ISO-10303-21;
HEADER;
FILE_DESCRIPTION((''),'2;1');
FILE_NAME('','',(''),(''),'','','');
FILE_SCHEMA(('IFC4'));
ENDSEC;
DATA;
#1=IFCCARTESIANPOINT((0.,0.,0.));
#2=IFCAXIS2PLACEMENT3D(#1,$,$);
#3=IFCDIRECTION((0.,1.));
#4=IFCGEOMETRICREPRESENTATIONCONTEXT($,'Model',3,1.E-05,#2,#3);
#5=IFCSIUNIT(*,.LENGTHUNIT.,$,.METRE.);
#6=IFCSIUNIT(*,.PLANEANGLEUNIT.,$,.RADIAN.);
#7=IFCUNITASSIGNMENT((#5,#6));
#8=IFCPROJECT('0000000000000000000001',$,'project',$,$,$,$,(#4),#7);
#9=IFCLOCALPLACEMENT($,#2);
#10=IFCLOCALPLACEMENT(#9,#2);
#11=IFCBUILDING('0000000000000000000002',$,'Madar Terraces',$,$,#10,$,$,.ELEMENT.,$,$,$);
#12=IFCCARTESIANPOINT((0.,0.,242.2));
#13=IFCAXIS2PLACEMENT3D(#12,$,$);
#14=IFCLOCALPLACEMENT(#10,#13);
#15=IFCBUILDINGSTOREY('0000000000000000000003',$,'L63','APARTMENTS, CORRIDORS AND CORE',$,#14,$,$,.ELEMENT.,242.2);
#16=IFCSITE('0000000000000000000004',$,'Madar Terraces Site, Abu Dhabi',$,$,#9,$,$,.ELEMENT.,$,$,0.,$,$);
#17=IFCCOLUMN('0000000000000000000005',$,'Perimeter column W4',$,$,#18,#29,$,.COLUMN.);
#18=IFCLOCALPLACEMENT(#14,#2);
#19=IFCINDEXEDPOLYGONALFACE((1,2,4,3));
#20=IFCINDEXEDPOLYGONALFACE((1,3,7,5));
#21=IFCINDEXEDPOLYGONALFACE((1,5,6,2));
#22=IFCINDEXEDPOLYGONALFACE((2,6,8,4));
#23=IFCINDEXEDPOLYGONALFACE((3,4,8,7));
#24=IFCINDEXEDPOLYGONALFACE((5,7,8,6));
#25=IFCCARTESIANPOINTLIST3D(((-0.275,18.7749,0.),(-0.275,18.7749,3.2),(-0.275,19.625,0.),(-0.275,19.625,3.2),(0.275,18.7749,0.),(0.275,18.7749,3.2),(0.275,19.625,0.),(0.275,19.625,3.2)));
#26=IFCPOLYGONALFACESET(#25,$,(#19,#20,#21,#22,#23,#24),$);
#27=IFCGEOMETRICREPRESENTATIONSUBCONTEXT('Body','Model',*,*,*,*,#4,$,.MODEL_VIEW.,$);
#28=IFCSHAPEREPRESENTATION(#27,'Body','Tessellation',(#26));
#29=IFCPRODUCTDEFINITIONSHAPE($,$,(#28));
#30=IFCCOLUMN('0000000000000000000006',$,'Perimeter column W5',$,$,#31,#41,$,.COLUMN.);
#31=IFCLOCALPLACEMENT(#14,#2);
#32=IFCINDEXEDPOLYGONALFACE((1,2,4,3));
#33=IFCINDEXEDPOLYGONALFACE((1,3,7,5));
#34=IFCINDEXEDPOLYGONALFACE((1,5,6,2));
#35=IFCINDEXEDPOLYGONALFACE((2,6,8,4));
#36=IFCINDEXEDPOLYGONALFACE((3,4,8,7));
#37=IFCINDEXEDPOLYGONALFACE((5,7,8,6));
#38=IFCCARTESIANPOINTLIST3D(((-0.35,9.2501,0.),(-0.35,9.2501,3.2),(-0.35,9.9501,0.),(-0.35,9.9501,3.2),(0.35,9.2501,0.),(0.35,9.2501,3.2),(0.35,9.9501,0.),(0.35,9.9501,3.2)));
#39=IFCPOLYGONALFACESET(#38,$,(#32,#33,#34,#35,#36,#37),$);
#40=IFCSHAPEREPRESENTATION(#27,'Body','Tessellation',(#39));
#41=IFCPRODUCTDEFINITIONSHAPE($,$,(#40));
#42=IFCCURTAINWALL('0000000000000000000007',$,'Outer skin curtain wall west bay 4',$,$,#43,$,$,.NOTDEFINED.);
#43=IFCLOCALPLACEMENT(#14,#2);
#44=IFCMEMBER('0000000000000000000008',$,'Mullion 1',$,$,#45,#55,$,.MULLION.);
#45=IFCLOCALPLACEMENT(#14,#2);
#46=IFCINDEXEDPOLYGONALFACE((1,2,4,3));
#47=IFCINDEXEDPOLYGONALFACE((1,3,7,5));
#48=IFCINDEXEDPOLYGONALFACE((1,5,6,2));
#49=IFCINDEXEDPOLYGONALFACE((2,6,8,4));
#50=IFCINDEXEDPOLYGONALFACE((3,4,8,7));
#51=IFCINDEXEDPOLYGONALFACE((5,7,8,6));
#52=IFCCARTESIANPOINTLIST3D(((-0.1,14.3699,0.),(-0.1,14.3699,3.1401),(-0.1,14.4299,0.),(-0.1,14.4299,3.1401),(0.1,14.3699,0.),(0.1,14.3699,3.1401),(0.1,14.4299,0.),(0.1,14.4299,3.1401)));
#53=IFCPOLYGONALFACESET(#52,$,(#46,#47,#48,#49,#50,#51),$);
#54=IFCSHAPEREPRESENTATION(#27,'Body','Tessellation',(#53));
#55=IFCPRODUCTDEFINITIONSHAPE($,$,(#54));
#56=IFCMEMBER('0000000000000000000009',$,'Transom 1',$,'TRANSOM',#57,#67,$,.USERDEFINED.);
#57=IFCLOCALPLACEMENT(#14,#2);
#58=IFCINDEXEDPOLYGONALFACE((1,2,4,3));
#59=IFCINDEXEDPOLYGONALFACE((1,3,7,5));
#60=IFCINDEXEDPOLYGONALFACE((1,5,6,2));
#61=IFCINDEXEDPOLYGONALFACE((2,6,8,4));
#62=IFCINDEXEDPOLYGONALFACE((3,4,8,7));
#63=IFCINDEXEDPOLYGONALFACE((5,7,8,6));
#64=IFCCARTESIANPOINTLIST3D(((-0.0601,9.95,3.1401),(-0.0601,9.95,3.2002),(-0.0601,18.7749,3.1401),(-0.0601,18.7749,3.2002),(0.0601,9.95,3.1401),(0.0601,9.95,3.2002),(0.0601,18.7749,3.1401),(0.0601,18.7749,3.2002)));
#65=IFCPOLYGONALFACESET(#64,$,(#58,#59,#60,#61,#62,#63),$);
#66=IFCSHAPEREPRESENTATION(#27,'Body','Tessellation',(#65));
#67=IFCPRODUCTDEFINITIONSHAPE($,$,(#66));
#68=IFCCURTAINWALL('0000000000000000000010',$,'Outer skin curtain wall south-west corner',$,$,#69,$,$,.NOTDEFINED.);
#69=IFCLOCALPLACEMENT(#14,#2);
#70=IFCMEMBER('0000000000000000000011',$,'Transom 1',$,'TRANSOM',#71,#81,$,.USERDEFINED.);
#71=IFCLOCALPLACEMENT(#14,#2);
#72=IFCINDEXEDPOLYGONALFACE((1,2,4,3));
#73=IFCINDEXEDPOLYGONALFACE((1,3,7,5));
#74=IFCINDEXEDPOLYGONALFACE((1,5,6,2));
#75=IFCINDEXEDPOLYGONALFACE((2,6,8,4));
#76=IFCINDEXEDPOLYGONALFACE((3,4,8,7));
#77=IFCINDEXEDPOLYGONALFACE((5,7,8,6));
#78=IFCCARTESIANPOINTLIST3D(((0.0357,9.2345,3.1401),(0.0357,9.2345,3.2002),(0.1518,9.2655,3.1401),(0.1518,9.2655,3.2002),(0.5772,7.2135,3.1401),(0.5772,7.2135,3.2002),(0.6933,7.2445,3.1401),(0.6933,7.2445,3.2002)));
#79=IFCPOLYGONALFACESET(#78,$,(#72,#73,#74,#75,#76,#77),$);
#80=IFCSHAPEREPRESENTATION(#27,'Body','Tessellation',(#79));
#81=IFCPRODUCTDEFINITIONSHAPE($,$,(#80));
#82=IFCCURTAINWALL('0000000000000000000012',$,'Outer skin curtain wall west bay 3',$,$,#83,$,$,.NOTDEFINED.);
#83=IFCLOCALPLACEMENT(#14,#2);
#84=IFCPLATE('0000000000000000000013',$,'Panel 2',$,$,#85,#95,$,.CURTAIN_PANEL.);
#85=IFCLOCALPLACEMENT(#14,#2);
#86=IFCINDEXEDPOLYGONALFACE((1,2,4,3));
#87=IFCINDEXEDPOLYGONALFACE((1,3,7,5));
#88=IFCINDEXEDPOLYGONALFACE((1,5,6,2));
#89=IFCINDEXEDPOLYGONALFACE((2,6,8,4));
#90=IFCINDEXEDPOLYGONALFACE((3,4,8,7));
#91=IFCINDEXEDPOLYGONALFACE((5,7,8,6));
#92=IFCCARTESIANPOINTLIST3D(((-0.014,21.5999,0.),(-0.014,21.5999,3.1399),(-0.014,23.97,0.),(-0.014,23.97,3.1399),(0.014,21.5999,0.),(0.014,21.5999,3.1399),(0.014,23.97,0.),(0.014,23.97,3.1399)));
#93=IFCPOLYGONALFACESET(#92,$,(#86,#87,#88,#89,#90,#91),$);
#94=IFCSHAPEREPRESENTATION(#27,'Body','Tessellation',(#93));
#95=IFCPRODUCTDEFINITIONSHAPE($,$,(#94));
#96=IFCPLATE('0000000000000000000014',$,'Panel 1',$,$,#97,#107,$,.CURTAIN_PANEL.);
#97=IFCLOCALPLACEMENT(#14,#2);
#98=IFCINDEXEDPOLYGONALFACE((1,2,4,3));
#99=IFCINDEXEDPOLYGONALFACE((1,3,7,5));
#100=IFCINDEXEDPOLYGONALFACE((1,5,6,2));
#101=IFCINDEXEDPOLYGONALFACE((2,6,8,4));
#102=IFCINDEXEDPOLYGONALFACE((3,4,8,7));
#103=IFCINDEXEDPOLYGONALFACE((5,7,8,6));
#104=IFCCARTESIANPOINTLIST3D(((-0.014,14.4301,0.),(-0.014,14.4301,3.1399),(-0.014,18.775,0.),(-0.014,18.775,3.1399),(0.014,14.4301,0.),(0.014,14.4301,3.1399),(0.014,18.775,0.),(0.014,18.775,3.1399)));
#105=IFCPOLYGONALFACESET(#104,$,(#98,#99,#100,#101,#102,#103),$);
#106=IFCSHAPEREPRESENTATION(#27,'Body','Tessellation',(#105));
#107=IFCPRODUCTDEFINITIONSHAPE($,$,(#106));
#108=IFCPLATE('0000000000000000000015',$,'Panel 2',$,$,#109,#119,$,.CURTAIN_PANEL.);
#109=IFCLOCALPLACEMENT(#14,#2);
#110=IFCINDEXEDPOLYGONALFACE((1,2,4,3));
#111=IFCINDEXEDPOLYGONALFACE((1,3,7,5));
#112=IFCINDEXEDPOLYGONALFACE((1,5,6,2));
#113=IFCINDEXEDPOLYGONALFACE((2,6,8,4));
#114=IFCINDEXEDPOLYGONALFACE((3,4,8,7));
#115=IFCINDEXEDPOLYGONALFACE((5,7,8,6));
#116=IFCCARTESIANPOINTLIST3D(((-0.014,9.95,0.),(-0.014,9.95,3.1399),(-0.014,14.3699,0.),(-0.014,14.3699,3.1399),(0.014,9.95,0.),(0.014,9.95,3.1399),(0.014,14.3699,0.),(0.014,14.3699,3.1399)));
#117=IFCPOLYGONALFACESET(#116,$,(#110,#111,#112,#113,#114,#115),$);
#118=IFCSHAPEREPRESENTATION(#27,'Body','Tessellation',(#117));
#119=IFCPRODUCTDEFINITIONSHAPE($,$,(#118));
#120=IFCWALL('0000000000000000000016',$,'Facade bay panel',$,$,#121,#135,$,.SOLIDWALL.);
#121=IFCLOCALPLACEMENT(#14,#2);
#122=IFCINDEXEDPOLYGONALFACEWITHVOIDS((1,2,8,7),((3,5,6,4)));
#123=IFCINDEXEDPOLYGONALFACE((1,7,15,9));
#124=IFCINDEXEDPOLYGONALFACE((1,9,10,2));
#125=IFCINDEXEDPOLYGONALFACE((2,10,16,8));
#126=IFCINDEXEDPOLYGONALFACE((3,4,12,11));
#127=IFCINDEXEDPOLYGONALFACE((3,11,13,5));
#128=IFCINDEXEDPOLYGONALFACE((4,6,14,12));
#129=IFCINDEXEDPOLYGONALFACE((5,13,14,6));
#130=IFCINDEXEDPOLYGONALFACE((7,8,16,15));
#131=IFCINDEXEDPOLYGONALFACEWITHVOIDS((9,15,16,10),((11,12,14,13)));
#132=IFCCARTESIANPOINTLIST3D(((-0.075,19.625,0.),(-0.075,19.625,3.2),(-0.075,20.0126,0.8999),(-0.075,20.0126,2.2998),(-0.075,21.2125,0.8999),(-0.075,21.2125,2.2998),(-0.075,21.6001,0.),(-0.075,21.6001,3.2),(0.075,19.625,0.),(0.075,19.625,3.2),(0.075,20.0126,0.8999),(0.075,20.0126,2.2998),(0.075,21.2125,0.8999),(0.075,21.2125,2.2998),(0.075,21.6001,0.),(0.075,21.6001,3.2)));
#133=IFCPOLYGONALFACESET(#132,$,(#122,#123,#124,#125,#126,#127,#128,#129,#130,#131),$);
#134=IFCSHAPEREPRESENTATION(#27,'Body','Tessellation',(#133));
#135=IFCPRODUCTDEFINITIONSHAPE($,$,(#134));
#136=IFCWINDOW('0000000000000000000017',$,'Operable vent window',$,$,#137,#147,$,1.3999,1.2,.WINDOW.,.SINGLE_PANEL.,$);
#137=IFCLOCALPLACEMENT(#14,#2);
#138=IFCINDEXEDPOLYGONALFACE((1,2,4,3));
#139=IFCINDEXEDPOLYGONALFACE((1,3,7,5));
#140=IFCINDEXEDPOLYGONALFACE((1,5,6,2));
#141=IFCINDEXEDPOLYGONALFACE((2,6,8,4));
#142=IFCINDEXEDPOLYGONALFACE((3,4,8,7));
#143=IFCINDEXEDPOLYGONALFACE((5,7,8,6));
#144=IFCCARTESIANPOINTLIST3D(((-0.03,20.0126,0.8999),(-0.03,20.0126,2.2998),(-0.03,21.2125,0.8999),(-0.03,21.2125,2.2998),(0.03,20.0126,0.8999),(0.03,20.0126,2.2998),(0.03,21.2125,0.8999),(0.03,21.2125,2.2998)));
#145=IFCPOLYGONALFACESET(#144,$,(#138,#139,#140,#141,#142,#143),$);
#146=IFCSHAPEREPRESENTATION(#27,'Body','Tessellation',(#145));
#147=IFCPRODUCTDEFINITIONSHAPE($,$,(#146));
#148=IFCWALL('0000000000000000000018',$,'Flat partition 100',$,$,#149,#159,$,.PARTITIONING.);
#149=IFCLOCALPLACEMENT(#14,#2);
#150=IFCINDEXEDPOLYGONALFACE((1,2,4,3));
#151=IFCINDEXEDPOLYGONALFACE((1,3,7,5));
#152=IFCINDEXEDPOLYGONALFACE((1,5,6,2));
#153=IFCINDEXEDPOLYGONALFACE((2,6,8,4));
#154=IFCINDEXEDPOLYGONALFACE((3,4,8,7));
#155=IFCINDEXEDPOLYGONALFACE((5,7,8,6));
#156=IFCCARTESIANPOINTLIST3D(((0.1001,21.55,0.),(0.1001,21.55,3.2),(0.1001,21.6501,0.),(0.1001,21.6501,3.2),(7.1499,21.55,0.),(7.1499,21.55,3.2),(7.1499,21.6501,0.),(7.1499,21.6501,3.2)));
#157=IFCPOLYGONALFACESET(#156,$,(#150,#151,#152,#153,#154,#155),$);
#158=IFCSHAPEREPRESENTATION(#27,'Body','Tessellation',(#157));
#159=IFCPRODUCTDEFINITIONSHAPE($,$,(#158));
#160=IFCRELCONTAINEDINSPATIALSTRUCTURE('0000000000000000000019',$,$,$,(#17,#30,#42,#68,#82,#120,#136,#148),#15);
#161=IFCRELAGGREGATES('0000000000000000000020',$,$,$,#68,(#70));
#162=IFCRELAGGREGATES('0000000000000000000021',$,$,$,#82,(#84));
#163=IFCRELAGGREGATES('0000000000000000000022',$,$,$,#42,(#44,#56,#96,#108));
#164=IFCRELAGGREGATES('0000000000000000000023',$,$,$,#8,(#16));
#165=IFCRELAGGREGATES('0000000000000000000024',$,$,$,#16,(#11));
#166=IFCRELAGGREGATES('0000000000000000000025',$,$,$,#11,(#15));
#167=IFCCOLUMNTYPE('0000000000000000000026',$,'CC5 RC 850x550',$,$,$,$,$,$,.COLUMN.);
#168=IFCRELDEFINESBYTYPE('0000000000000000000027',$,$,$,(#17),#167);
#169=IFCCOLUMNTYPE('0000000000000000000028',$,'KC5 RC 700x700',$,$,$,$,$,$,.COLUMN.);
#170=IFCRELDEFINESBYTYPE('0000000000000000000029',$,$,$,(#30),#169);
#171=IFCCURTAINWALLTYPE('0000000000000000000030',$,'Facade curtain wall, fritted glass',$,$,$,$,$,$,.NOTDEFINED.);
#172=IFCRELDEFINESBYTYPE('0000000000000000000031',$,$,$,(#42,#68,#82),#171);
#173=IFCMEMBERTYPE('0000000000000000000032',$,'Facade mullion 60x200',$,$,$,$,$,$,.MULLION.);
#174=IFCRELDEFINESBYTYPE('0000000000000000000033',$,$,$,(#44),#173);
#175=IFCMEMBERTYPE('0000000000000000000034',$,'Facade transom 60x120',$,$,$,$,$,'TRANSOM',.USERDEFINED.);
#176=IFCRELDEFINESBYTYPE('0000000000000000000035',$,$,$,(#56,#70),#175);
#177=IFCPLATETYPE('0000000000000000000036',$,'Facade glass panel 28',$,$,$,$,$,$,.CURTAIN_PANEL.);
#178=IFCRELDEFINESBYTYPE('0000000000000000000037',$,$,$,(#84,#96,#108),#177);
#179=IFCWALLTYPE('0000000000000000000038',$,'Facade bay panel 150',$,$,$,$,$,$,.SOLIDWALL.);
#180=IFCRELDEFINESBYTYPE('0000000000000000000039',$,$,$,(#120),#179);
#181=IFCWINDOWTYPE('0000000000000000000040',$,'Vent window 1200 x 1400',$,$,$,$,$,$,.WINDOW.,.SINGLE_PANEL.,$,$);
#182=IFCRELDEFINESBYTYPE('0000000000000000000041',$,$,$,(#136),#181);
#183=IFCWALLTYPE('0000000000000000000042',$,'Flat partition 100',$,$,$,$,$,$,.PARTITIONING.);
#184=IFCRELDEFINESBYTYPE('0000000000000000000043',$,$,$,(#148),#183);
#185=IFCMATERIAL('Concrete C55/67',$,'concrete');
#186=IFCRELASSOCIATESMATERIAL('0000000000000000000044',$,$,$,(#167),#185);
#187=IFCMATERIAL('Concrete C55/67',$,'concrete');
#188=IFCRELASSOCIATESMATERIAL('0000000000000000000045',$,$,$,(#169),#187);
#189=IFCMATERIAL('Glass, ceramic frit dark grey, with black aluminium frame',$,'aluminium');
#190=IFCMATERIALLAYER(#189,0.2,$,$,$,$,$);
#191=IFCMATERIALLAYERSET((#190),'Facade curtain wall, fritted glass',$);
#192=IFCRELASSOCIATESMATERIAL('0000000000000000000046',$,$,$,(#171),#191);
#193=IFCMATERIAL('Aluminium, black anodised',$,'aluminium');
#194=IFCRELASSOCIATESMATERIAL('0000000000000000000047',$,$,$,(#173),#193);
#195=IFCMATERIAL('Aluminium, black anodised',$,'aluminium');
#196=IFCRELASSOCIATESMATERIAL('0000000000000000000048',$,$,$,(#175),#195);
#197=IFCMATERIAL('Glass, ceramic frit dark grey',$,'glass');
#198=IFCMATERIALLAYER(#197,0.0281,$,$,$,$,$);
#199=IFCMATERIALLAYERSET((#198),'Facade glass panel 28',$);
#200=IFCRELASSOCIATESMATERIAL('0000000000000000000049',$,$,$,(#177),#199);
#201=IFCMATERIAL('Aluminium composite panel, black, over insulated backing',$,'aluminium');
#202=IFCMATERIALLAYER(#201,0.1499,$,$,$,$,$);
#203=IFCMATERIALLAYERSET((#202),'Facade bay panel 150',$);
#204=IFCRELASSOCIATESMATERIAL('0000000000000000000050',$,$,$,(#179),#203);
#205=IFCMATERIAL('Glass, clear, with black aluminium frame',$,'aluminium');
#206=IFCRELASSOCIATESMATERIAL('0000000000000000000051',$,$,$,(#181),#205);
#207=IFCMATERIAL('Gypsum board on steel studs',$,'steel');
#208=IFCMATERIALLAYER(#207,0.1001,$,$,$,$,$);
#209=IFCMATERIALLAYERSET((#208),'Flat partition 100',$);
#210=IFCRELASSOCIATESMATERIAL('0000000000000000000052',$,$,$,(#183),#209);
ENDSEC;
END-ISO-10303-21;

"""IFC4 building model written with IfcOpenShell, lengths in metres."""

from ifc_helpers import new_model, si_unit, direction, frame, frame_2d, origin, origin_2d, place, context, subcontext, project, spatial, rectangle, extrude, material, layer, layer_set, material_profile, profile_set, type_object, element, fill, aggregate, save


model = new_model("IFC4")

# Units and contexts
model_context = context("Model", 3, precision=1e-05, world=origin(), true_north=direction((0.0, 1.0)))
body_context = subcontext(model_context, "Body", "Model", "MODEL_VIEW")
ifc_project = project(units=[si_unit("LENGTHUNIT", "METRE"), si_unit("PLANEANGLEUNIT", "RADIAN")], contexts=[model_context])

# Site, building, storey
site_placement = place(None, origin())
site = spatial("IfcSite", under=ifc_project, at=site_placement, Name="Madar Terraces Site, Abu Dhabi", CompositionType="ELEMENT", RefElevation=0.0)
building_placement = place(site_placement, origin())
building = spatial("IfcBuilding", under=site, at=building_placement, Name="Madar Terraces", CompositionType="ELEMENT")
storey_placement = place(building_placement, frame((0.0, 0.0, 242.2)))
storey = spatial("IfcBuildingStorey", under=building, at=storey_placement, Name="L63", Description="APARTMENTS, CORRIDORS AND CORE", CompositionType="ELEMENT", Elevation=242.2)

# Columns
ifc_material_1 = material(Name="Concrete C55/67", Category="concrete")
ifc_material_profile_1 = material_profile(ifc_material_1, rectangle(XDim=0.8501, YDim=0.55, at=origin_2d()), Name="CC5 RC 850x550")
ifc_profile_set_1 = profile_set([ifc_material_profile_1], Name="Concrete C55/67")
column_type_1 = type_object("IfcColumnType", Name="CC5 RC 850x550", PredefinedType="COLUMN", material=ifc_profile_set_1)
column_1_placement = place(storey_placement, frame((0.0, 19.2, 0.0), z_axis=(0.0, 0.0, 1.0), x_axis=(0.0, 1.0, 0.0)))
element("IfcColumn", 1, at=column_1_placement, inside=storey, type_object=column_type_1, Name="Perimeter column W4", PredefinedType="COLUMN", context=body_context, shape_type="SweptSolid", body=[
    extrude(rectangle(XDim=0.8501, YDim=0.55, at=origin_2d()), origin(), (0.0, 0.0, 1.0), 3.2),
])
ifc_material_2 = material(Name="Concrete C55/67", Category="concrete")
ifc_material_profile_2 = material_profile(ifc_material_2, rectangle(XDim=0.7, YDim=0.7, at=origin_2d()), Name="KC5 RC 700x700")
ifc_profile_set_2 = profile_set([ifc_material_profile_2], Name="Concrete C55/67")
column_type_2 = type_object("IfcColumnType", Name="KC5 RC 700x700", PredefinedType="COLUMN", material=ifc_profile_set_2)
column_2_placement = place(storey_placement, frame((0.0, 9.6001, 0.0), z_axis=(0.0, 0.0, 1.0), x_axis=(1.0, 0.0, 0.0)))
element("IfcColumn", 2, at=column_2_placement, inside=storey, type_object=column_type_2, Name="Perimeter column W5", PredefinedType="COLUMN", context=body_context, shape_type="SweptSolid", body=[
    extrude(rectangle(XDim=0.7, YDim=0.7, at=origin_2d()), origin(), (0.0, 0.0, 1.0), 3.2),
])

# Curtain wall, members
ifc_material_3 = material(Name="Glass, ceramic frit dark grey, with black aluminium frame", Category="aluminium")
ifc_layer_1 = layer(ifc_material_3, 0.2)
ifc_layer_set_1 = layer_set([ifc_layer_1], Name="Facade curtain wall, fritted glass")
curtain_wall_type = type_object("IfcCurtainWallType", Name="Facade curtain wall, fritted glass", PredefinedType="NOTDEFINED", material=ifc_layer_set_1)
curtain_wall_1_placement = place(storey_placement, origin())
curtain_wall_1 = element("IfcCurtainWall", 3, at=curtain_wall_1_placement, inside=storey, type_object=curtain_wall_type, Name="Outer skin curtain wall west bay 4", PredefinedType="NOTDEFINED")
ifc_material_4 = material(Name="Aluminium, black anodised", Category="aluminium")
ifc_material_profile_3 = material_profile(ifc_material_4, rectangle(XDim=0.2, YDim=0.0601, at=origin_2d()), Name="Facade mullion 60x200")
ifc_profile_set_3 = profile_set([ifc_material_profile_3], Name="Aluminium, black anodised")
member_type_1 = type_object("IfcMemberType", Name="Facade mullion 60x200", PredefinedType="MULLION", material=ifc_profile_set_3)
member_1_placement = place(storey_placement, frame((0.0, 14.3999, 0.0), z_axis=(0.0, 0.0, 1.0), x_axis=(1.0, 0.0, 0.0)))
member_1 = element("IfcMember", 4, at=member_1_placement, type_object=member_type_1, Name="Mullion 1", PredefinedType="MULLION", context=body_context, shape_type="SweptSolid", body=[
    extrude(rectangle(XDim=0.2, YDim=0.0601, at=origin_2d()), origin(), (0.0, 0.0, 1.0), 3.1401),
])
ifc_material_5 = material(Name="Aluminium, black anodised", Category="aluminium")
ifc_material_profile_4 = material_profile(ifc_material_5, rectangle(XDim=0.1201, YDim=0.0601, at=origin_2d()), Name="Facade transom 60x120")
ifc_profile_set_4 = profile_set([ifc_material_profile_4], Name="Aluminium, black anodised")
member_type_2 = type_object("IfcMemberType", Name="Facade transom 60x120", ElementType="TRANSOM", PredefinedType="USERDEFINED", material=ifc_profile_set_4)
member_2_placement = place(storey_placement, frame((0.0, 18.7749, 3.1702), z_axis=(0.0, -1.0, 0.0), x_axis=(1.0, 0.0, 0.0)))
member_2 = element("IfcMember", 5, at=member_2_placement, type_object=member_type_2, Name="Transom 1", ObjectType="TRANSOM", PredefinedType="USERDEFINED", context=body_context, shape_type="SweptSolid", body=[
    extrude(rectangle(XDim=0.1201, YDim=0.0601, at=origin_2d()), origin(), (0.0, 0.0, 1.0), 8.825),
])

# Curtain wall, member
curtain_wall_2_placement = place(storey_placement, origin())
curtain_wall_2 = element("IfcCurtainWall", 6, at=curtain_wall_2_placement, inside=storey, type_object=curtain_wall_type, Name="Outer skin curtain wall south-west corner", PredefinedType="NOTDEFINED")
member_3_placement = place(storey_placement, frame((0.0938, 9.25, 3.1702), z_axis=(0.25881, -0.965928, 0.0), x_axis=(0.965928, 0.25881, 0.0)))
member_3 = element("IfcMember", 7, at=member_3_placement, type_object=member_type_2, Name="Transom 1", ObjectType="TRANSOM", PredefinedType="USERDEFINED", context=body_context, shape_type="SweptSolid", body=[
    extrude(rectangle(XDim=0.1201, YDim=0.0601, at=origin_2d()), origin(), (0.0, 0.0, 1.0), 2.0923),
])
aggregate(curtain_wall_2, [member_3])

# Curtain wall, plate
curtain_wall_3_placement = place(storey_placement, origin())
curtain_wall_3 = element("IfcCurtainWall", 8, at=curtain_wall_3_placement, inside=storey, type_object=curtain_wall_type, Name="Outer skin curtain wall west bay 3", PredefinedType="NOTDEFINED")
ifc_material_6 = material(Name="Glass, ceramic frit dark grey", Category="glass")
ifc_layer_2 = layer(ifc_material_6, 0.0281)
ifc_layer_set_2 = layer_set([ifc_layer_2], Name="Facade glass panel 28")
plate_type = type_object("IfcPlateType", Name="Facade glass panel 28", PredefinedType="CURTAIN_PANEL", material=ifc_layer_set_2)
plate_1_placement = place(storey_placement, frame((0.0, 22.7849, 0.0), z_axis=(0.0, 0.0, 1.0), x_axis=(0.0, -1.0, 0.0)))
plate_1 = element("IfcPlate", 9, at=plate_1_placement, type_object=plate_type, Name="Panel 2", PredefinedType="CURTAIN_PANEL", context=body_context, shape_type="SweptSolid", body=[
    extrude(rectangle(XDim=2.3701, YDim=0.0281, at=origin_2d()), origin(), (0.0, 0.0, 1.0), 3.1399),
])
aggregate(curtain_wall_3, [plate_1])

# Plates
plate_2_placement = place(storey_placement, frame((0.0, 16.6025, 0.0), z_axis=(0.0, 0.0, 1.0), x_axis=(0.0, -1.0, 0.0)))
plate_2 = element("IfcPlate", 10, at=plate_2_placement, type_object=plate_type, Name="Panel 1", PredefinedType="CURTAIN_PANEL", context=body_context, shape_type="SweptSolid", body=[
    extrude(rectangle(XDim=4.345, YDim=0.0281, at=origin_2d()), origin(), (0.0, 0.0, 1.0), 3.1399),
])
plate_3_placement = place(storey_placement, frame((0.0, 12.1599, 0.0), z_axis=(0.0, 0.0, 1.0), x_axis=(0.0, -1.0, 0.0)))
plate_3 = element("IfcPlate", 11, at=plate_3_placement, type_object=plate_type, Name="Panel 2", PredefinedType="CURTAIN_PANEL", context=body_context, shape_type="SweptSolid", body=[
    extrude(rectangle(XDim=4.4199, YDim=0.0281, at=origin_2d()), origin(), (0.0, 0.0, 1.0), 3.1399),
])
aggregate(curtain_wall_1, [member_1, member_2, plate_2, plate_3])

# Wall, opening, window
ifc_material_7 = material(Name="Aluminium composite panel, black, over insulated backing", Category="aluminium")
ifc_layer_3 = layer(ifc_material_7, 0.1499)
ifc_layer_set_3 = layer_set([ifc_layer_3], Name="Facade bay panel 150")
wall_type_1 = type_object("IfcWallType", Name="Facade bay panel 150", PredefinedType="SOLIDWALL", material=ifc_layer_set_3)
wall_1_placement = place(storey_placement, frame((0.0, 21.6001, 0.0), z_axis=(0.0, 0.0, 1.0), x_axis=(0.0, -1.0, 0.0)))
wall_1 = element("IfcWall", 12, at=wall_1_placement, inside=storey, type_object=wall_type_1, Name="Facade bay panel", PredefinedType="SOLIDWALL", context=body_context, shape_type="SweptSolid", body=[
    extrude(rectangle(XDim=1.9751, YDim=0.1499, at=frame_2d((0.9875, 0.0))), origin(), (0.0, 0.0, 1.0), 3.2),
])
opening_1_placement = place(wall_1_placement, frame((0.3875, 0.0, 0.8999)))
opening_1 = element("IfcOpeningElement", 13, at=opening_1_placement, cuts=wall_1, PredefinedType="OPENING", context=body_context, shape_type="SweptSolid", body=[
    extrude(rectangle(XDim=1.2, YDim=1.3999, at=frame_2d((0.6001, 0.7))), frame((0.0, 0.085, 0.0), z_axis=(0.0, -1.0, 0.0), x_axis=(1.0, 0.0, 0.0)), (0.0, 0.0, 1.0), 0.1699),
])
ifc_material_8 = material(Name="Glass, clear, with black aluminium frame", Category="aluminium")
window_type = type_object("IfcWindowType", Name="Vent window 1200 x 1400", PartitioningType="SINGLE_PANEL", PredefinedType="WINDOW", material=ifc_material_8)
window_placement = place(opening_1_placement, origin())
window = element("IfcWindow", 14, at=window_placement, inside=storey, type_object=window_type, Name="Operable vent window", OverallHeight=1.3999, OverallWidth=1.2, PartitioningType="SINGLE_PANEL", PredefinedType="WINDOW", context=body_context, shape_type="SweptSolid", body=[
    extrude(rectangle(XDim=1.2, YDim=1.3999, at=frame_2d((0.6001, 0.7))), frame((0.0, 0.03, 0.0), z_axis=(0.0, -1.0, 0.0), x_axis=(1.0, 0.0, 0.0)), (0.0, 0.0, 1.0), 0.0601),
])
fill(opening_1, window)

# Wall
ifc_material_9 = material(Name="Gypsum board on steel studs", Category="steel")
ifc_layer_4 = layer(ifc_material_9, 0.1001)
ifc_layer_set_4 = layer_set([ifc_layer_4], Name="Flat partition 100")
wall_type_2 = type_object("IfcWallType", Name="Flat partition 100", PredefinedType="PARTITIONING", material=ifc_layer_set_4)
wall_2_placement = place(storey_placement, frame((7.1499, 21.6001, 0.0), z_axis=(0.0, 0.0, 1.0), x_axis=(-1.0, 0.0, 0.0)))
element("IfcWall", 15, at=wall_2_placement, inside=storey, type_object=wall_type_2, Name="Flat partition 100", PredefinedType="PARTITIONING", context=body_context, shape_type="SweptSolid", body=[
    extrude(rectangle(XDim=7.0498, YDim=0.1001, at=frame_2d((3.5249, 0.0))), origin(), (0.0, 0.0, 1.0), 3.2),
])

save(model, "model.ifc")
